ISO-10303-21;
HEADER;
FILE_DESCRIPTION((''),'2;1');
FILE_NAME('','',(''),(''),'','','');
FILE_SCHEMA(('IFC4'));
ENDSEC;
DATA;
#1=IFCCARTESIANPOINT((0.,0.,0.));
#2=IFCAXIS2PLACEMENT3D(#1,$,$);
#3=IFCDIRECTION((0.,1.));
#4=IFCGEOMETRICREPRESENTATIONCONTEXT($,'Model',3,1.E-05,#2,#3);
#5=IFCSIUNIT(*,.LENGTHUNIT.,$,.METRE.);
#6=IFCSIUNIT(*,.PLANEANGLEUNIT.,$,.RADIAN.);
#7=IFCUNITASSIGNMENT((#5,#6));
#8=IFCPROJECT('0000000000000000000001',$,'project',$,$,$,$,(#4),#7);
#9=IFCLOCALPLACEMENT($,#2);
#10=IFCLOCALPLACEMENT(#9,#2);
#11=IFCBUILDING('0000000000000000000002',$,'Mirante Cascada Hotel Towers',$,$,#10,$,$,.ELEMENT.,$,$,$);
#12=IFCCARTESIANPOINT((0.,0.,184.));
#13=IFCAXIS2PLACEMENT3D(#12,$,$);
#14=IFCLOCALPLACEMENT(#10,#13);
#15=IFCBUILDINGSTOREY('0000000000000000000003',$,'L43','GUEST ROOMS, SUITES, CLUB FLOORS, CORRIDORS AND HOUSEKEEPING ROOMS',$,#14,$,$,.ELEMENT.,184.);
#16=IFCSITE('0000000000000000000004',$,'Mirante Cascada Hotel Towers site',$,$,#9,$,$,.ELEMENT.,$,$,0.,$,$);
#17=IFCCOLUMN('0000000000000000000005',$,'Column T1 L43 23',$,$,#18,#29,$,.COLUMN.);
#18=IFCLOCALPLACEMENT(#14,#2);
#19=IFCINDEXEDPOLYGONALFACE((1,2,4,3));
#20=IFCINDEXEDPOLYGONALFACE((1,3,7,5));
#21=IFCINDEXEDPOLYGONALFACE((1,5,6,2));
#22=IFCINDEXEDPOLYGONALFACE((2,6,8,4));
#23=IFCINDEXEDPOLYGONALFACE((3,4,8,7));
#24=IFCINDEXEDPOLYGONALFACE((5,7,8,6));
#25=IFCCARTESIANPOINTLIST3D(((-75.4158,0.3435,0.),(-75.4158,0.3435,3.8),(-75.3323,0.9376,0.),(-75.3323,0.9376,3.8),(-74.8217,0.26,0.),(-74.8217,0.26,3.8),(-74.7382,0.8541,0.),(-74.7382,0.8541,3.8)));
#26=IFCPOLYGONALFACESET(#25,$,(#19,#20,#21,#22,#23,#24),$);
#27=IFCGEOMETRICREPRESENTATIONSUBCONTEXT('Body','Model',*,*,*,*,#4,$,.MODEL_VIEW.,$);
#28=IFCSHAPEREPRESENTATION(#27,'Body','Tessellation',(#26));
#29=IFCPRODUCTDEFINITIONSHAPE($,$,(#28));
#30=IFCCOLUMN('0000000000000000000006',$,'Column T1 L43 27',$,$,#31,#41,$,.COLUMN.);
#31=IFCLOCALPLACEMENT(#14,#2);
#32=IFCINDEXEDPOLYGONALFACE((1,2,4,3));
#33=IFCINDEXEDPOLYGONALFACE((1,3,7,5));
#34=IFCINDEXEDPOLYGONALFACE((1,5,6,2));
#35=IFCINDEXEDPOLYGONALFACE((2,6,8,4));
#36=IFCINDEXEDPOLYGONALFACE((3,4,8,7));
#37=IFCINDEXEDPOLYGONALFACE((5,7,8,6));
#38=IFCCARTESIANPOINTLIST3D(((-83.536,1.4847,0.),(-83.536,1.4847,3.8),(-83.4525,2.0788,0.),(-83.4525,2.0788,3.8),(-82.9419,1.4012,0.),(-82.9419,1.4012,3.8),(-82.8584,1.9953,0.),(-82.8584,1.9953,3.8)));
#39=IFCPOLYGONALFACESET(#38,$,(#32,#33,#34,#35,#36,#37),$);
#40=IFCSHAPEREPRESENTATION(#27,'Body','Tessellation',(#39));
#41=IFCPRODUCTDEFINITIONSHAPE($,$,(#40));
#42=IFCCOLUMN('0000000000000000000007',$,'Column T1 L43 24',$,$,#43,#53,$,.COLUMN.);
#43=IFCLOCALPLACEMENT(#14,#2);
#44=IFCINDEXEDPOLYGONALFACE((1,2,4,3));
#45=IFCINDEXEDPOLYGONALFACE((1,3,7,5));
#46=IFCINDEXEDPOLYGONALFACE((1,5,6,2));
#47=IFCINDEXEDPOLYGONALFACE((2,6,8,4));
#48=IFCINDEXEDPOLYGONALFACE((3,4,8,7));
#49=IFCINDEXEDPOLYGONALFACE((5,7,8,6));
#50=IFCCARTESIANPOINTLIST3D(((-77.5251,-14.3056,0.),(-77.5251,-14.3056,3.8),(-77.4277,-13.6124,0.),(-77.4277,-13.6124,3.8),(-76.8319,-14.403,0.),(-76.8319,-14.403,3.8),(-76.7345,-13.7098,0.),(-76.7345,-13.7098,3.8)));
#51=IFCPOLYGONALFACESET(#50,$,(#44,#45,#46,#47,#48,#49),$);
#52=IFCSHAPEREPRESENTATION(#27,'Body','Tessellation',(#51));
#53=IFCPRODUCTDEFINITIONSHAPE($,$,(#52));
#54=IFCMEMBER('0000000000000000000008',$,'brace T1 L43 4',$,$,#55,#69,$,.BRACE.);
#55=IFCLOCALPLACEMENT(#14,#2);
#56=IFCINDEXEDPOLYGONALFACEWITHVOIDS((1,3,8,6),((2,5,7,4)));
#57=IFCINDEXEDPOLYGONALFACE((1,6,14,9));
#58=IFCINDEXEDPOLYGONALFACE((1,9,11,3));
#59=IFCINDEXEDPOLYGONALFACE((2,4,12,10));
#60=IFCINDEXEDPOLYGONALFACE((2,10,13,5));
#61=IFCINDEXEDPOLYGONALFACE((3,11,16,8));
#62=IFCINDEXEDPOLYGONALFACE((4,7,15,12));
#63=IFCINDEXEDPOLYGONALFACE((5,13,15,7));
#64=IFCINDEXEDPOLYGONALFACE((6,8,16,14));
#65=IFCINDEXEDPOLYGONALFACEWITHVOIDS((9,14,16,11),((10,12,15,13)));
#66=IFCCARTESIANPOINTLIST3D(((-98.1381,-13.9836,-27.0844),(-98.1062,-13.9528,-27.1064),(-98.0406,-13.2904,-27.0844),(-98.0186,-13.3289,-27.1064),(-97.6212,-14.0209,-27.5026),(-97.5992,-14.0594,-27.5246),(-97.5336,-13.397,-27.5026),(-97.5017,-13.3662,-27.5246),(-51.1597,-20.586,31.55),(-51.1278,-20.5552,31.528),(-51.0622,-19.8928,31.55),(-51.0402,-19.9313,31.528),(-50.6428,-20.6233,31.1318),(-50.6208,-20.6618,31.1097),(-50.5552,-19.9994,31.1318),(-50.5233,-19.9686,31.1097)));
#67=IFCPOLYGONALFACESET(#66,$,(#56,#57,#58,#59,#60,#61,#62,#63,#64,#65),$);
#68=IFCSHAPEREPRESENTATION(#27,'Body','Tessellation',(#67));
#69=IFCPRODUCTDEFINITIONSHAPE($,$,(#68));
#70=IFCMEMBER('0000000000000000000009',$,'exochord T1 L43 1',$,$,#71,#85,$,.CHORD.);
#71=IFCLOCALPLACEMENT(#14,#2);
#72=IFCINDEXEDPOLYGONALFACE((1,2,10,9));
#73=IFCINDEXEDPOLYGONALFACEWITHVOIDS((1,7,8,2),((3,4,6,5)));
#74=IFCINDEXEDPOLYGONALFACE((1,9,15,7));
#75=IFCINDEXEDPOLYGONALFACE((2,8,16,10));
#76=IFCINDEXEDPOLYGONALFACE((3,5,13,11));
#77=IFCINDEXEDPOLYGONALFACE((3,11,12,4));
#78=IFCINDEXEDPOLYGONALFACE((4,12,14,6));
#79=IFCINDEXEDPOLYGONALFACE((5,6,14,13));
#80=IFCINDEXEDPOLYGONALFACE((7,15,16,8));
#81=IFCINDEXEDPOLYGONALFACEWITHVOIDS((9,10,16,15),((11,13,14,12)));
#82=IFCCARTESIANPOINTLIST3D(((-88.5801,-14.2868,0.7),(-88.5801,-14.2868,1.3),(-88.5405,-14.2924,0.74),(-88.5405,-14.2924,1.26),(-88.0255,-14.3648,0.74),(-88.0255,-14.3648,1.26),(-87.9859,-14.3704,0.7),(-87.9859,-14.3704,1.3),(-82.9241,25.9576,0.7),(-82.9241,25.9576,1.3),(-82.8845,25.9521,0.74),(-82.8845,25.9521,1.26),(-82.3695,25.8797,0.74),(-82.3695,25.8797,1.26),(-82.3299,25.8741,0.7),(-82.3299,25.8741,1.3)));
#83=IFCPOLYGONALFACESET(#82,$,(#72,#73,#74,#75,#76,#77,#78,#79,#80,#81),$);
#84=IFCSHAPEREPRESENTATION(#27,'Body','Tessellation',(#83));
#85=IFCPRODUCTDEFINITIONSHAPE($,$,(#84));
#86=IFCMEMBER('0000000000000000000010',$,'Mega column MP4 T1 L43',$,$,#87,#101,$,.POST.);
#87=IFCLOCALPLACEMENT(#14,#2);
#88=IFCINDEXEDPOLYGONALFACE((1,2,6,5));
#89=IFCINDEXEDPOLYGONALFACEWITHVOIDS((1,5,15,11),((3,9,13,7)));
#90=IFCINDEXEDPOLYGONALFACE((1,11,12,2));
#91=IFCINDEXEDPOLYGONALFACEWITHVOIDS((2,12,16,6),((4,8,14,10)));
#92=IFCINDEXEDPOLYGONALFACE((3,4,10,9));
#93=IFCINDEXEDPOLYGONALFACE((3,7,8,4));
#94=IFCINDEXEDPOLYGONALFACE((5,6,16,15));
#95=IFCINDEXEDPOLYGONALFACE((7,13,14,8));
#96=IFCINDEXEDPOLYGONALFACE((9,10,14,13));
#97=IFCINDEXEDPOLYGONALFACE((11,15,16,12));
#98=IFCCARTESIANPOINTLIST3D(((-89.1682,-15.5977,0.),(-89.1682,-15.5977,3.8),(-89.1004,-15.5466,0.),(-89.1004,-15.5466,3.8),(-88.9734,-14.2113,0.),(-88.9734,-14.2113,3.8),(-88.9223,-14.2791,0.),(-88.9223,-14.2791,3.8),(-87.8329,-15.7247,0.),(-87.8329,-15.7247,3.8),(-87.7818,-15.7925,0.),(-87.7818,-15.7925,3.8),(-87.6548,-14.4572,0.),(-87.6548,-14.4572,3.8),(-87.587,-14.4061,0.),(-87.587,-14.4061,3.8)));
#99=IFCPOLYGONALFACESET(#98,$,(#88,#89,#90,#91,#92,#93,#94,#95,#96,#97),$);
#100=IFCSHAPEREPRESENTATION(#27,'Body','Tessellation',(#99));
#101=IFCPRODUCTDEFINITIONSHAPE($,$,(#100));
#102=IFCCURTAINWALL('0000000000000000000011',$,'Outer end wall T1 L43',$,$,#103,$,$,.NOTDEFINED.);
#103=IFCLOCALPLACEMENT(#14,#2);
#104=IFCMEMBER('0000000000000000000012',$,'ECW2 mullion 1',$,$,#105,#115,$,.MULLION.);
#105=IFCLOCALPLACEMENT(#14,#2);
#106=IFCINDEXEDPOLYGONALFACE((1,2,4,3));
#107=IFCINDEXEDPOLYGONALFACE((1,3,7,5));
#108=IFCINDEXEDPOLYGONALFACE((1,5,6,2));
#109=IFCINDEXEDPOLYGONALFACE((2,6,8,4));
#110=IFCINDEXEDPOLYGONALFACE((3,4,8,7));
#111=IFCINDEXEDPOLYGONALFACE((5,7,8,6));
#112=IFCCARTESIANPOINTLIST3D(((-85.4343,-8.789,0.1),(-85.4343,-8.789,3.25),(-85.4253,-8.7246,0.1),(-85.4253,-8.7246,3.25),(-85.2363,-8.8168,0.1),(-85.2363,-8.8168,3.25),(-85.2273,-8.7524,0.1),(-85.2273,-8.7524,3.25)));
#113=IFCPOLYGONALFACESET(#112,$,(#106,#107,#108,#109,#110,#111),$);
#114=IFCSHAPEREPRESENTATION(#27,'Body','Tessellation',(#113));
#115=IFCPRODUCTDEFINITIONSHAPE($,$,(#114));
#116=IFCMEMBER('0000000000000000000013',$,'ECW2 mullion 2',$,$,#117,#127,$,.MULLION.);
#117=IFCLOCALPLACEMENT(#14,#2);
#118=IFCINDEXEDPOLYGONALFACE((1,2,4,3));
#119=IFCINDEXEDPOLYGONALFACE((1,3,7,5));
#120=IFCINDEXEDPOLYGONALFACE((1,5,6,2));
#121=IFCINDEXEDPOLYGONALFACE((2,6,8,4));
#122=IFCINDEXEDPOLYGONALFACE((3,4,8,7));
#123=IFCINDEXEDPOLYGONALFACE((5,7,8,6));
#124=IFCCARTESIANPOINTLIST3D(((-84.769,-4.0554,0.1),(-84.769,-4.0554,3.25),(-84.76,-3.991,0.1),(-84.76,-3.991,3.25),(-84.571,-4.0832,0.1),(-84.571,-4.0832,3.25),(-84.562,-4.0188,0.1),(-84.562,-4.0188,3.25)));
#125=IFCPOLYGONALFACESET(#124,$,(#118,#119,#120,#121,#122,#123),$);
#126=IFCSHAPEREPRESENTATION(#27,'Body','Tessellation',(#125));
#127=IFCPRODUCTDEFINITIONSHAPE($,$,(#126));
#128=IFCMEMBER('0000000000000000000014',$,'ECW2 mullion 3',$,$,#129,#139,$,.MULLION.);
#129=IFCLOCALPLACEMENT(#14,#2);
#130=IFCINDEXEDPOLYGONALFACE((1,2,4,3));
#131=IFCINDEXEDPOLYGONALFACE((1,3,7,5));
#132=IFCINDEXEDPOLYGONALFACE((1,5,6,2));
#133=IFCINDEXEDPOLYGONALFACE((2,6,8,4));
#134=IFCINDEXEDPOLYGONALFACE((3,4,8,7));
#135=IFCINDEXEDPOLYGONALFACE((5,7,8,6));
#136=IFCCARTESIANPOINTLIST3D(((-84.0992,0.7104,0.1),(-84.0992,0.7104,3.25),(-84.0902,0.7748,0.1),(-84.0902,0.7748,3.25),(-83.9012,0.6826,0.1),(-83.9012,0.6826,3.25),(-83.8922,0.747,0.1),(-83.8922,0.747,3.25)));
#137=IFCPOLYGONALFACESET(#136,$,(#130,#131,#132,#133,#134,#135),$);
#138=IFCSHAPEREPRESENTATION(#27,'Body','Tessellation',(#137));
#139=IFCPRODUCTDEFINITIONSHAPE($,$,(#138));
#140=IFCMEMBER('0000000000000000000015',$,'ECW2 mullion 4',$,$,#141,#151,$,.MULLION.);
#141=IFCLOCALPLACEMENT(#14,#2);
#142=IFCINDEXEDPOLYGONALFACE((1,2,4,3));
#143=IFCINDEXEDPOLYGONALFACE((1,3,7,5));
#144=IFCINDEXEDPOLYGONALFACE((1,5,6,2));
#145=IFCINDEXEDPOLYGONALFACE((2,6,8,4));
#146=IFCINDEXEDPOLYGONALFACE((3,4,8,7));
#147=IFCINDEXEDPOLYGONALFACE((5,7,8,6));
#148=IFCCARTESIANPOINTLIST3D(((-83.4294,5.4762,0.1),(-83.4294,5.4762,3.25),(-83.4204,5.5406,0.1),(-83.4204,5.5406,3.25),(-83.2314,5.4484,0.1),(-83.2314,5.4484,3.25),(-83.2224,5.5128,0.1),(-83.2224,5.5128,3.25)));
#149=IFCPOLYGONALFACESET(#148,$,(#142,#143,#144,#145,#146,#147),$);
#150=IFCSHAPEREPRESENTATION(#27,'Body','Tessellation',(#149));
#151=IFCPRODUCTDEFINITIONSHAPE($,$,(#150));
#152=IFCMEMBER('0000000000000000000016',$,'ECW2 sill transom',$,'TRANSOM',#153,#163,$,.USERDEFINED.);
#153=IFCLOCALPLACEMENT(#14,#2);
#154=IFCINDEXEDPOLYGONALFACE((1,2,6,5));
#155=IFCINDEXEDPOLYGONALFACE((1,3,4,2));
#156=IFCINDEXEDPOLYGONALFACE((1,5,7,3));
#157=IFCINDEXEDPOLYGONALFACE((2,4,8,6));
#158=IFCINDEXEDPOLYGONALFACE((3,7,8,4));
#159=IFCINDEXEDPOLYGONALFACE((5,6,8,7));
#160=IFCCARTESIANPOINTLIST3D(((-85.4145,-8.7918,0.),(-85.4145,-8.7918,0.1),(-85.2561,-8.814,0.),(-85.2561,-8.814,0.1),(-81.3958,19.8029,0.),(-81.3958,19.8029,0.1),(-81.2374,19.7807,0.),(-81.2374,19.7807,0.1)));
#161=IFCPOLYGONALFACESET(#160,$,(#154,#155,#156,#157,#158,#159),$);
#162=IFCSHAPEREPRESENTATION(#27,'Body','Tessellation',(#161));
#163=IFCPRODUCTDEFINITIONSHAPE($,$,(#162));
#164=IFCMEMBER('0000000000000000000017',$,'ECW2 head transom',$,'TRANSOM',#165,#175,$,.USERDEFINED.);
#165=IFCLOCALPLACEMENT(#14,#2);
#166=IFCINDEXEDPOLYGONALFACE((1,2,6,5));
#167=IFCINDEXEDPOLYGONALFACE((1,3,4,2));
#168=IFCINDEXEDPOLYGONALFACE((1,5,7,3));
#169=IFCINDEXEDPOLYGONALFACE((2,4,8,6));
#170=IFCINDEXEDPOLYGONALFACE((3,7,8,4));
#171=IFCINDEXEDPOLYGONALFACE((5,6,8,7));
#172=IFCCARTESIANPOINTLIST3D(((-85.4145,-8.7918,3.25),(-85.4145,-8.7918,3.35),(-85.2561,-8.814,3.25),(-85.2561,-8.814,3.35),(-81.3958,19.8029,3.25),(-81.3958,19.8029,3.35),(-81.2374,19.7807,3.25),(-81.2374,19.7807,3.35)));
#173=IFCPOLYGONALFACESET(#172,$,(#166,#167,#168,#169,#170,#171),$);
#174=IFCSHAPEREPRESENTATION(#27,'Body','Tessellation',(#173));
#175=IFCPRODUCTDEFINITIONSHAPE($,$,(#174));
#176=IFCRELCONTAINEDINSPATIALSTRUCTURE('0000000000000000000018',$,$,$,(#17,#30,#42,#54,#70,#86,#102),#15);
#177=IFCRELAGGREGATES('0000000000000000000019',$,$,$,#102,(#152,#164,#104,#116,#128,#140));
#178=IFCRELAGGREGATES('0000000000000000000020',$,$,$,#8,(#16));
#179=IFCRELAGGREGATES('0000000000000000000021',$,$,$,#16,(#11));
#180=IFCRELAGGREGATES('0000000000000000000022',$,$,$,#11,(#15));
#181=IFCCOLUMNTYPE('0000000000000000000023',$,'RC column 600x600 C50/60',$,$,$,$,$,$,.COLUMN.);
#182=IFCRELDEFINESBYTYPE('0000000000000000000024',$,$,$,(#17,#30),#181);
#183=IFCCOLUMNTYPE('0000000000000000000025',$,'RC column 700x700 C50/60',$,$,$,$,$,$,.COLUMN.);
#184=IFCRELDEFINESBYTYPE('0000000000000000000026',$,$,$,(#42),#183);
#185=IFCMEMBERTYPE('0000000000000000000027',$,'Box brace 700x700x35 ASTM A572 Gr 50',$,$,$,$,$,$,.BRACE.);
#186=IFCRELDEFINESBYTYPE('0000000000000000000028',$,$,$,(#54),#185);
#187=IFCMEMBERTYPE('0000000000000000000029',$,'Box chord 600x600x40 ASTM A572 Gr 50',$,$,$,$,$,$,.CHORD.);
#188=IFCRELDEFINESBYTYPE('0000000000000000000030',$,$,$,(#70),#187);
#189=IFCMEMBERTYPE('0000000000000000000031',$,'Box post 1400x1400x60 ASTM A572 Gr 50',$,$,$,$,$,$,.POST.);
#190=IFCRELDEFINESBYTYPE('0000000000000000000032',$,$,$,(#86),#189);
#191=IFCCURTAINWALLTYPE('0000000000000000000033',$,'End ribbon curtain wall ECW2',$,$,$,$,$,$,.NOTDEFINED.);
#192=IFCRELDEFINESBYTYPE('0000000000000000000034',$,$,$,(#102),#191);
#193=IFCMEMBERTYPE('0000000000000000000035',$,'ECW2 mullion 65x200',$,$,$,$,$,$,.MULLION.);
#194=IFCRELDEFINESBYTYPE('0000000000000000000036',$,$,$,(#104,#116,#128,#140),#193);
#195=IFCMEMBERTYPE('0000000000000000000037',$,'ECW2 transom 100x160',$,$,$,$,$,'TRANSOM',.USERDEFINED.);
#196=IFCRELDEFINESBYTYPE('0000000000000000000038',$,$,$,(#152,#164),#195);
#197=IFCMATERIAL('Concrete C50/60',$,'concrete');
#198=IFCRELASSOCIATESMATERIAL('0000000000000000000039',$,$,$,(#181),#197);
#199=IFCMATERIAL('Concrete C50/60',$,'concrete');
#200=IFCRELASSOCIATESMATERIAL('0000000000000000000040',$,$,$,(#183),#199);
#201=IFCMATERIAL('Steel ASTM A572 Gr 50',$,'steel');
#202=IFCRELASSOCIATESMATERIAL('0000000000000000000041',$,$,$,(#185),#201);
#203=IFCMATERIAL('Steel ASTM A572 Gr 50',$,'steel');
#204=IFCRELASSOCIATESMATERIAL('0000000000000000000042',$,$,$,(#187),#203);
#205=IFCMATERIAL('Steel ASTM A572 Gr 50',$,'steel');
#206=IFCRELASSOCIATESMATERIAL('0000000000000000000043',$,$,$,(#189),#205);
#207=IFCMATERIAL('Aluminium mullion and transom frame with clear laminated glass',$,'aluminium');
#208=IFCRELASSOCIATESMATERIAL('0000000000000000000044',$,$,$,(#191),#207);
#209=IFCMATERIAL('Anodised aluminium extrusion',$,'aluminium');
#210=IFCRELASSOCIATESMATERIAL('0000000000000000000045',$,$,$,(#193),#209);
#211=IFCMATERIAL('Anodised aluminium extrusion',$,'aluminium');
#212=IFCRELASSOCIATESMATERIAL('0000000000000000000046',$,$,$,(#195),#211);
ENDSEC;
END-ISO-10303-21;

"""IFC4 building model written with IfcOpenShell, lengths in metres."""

from ifc_helpers import new_model, si_unit, direction, frame, origin, origin_2d, place, context, subcontext, project, spatial, rectangle, hollow_rectangle, extrude, material, material_profile, profile_set, type_object, element, aggregate, save


model = new_model("IFC4")

# Units and contexts
model_context = context("Model", 3, precision=1e-05, world=origin(), true_north=direction((0.0, 1.0)))
body_context = subcontext(model_context, "Body", "Model", "MODEL_VIEW")
ifc_project = project(units=[si_unit("LENGTHUNIT", "METRE"), si_unit("PLANEANGLEUNIT", "RADIAN")], contexts=[model_context])

# Site, building, storey
site_placement = place(None, origin())
site = spatial("IfcSite", under=ifc_project, at=site_placement, Name="Mirante Cascada Hotel Towers site", CompositionType="ELEMENT", RefElevation=0.0)
building_placement = place(site_placement, origin())
building = spatial("IfcBuilding", under=site, at=building_placement, Name="Mirante Cascada Hotel Towers", CompositionType="ELEMENT")
storey_placement = place(building_placement, frame((0.0, 0.0, 184.0)))
storey = spatial("IfcBuildingStorey", under=building, at=storey_placement, Name="L43", Description="GUEST ROOMS, SUITES, CLUB FLOORS, CORRIDORS AND HOUSEKEEPING ROOMS", CompositionType="ELEMENT", Elevation=184.0)

# Columns
ifc_material_1 = material(Name="Concrete C50/60", Category="concrete")
ifc_material_profile_1 = material_profile(ifc_material_1, rectangle(XDim=0.6, YDim=0.6, at=origin_2d()), Name="RC column 600x600 C50/60")
ifc_profile_set_1 = profile_set([ifc_material_profile_1], Name="Concrete C50/60")
column_type_1 = type_object("IfcColumnType", Name="RC column 600x600 C50/60", PredefinedType="COLUMN", material=ifc_profile_set_1)
for number, where, z_axis, x_axis, name in (
    (1, (-75.077, 0.5988, 0.0), (0.0, 0.0, 1.0), (-0.990268, 0.139173, 0.0), "Column T1 L43 23"),
    (2, (-83.1972, 1.74, 0.0), (0.0, 0.0, 1.0), (-0.990268, 0.139173, 0.0), "Column T1 L43 27"),
):
    element("IfcColumn", number, at=place(storey_placement, frame(where, z_axis=z_axis, x_axis=x_axis)), inside=storey, type_object=column_type_1, Name=name, PredefinedType="COLUMN", context=body_context, shape_type="SweptSolid", body=[
        extrude(rectangle(XDim=0.6, YDim=0.6, at=origin_2d()), origin(), (0.0, 0.0, 1.0), 3.8),
    ])
ifc_material_2 = material(Name="Concrete C50/60", Category="concrete")
ifc_material_profile_2 = material_profile(ifc_material_2, rectangle(XDim=0.7, YDim=0.7, at=origin_2d()), Name="RC column 700x700 C50/60")
ifc_profile_set_2 = profile_set([ifc_material_profile_2], Name="Concrete C50/60")
column_type_2 = type_object("IfcColumnType", Name="RC column 700x700 C50/60", PredefinedType="COLUMN", material=ifc_profile_set_2)
column_placement = place(storey_placement, frame((-77.1298, -14.0077, 0.0), z_axis=(0.0, 0.0, 1.0), x_axis=(-0.990268, 0.139173, 0.0)))
element("IfcColumn", 3, at=column_placement, inside=storey, type_object=column_type_2, Name="Column T1 L43 24", PredefinedType="COLUMN", context=body_context, shape_type="SweptSolid", body=[
    extrude(rectangle(XDim=0.7, YDim=0.7, at=origin_2d()), origin(), (0.0, 0.0, 1.0), 3.8),
])

# Members
ifc_material_3 = material(Name="Steel ASTM A572 Gr 50", Category="steel")
ifc_material_profile_3 = material_profile(ifc_material_3, hollow_rectangle(XDim=0.7, YDim=0.7, WallThickness=0.035, at=origin_2d()), Name="Box brace 700x700x35 ASTM A572 Gr 50")
ifc_profile_set_3 = profile_set([ifc_material_profile_3], Name="Steel ASTM A572 Gr 50")
member_type_1 = type_object("IfcMemberType", Name="Box brace 700x700x35 ASTM A572 Gr 50", PredefinedType="BRACE", material=ifc_profile_set_3)
member_1_placement = place(storey_placement, frame((-97.8199, -13.6749, -27.3045), z_axis=(0.62287, -0.087539, 0.777412), x_axis=(0.139173, 0.990268, 0.0)))
element("IfcMember", 4, at=member_1_placement, inside=storey, type_object=member_type_1, Name="brace T1 L43 4", PredefinedType="BRACE", context=body_context, shape_type="SweptSolid", body=[
    extrude(hollow_rectangle(XDim=0.7, YDim=0.7, WallThickness=0.035, at=origin_2d()), origin(), (0.0, 0.0, 1.0), 75.4225),
])
ifc_material_4 = material(Name="Steel ASTM A572 Gr 50", Category="steel")
ifc_material_profile_4 = material_profile(ifc_material_4, hollow_rectangle(XDim=0.6, YDim=0.6, WallThickness=0.04, at=origin_2d()), Name="Box chord 600x600x40 ASTM A572 Gr 50")
ifc_profile_set_4 = profile_set([ifc_material_profile_4], Name="Steel ASTM A572 Gr 50")
member_type_2 = type_object("IfcMemberType", Name="Box chord 600x600x40 ASTM A572 Gr 50", PredefinedType="CHORD", material=ifc_profile_set_4)
member_2_placement = place(storey_placement, frame((-88.283, -14.3286, 1.0), z_axis=(0.139173, 0.990268, 0.0), x_axis=(-0.990268, 0.139173, 0.0)))
element("IfcMember", 5, at=member_2_placement, inside=storey, type_object=member_type_2, Name="exochord T1 L43 1", PredefinedType="CHORD", context=body_context, shape_type="SweptSolid", body=[
    extrude(hollow_rectangle(XDim=0.6, YDim=0.6, WallThickness=0.04, at=origin_2d()), origin(), (0.0, 0.0, 1.0), 40.64),
])
ifc_material_5 = material(Name="Steel ASTM A572 Gr 50", Category="steel")
ifc_material_profile_5 = material_profile(ifc_material_5, hollow_rectangle(XDim=1.4, YDim=1.4, WallThickness=0.06, at=origin_2d()), Name="Box post 1400x1400x60 ASTM A572 Gr 50")
ifc_profile_set_5 = profile_set([ifc_material_profile_5], Name="Steel ASTM A572 Gr 50")
member_type_3 = type_object("IfcMemberType", Name="Box post 1400x1400x60 ASTM A572 Gr 50", PredefinedType="POST", material=ifc_profile_set_5)
member_3_placement = place(storey_placement, frame((-88.3776, -15.0019, 0.0), z_axis=(0.0, 0.0, 1.0), x_axis=(-0.990268, 0.139173, 0.0)))
element("IfcMember", 6, at=member_3_placement, inside=storey, type_object=member_type_3, Name="Mega column MP4 T1 L43", PredefinedType="POST", context=body_context, shape_type="SweptSolid", body=[
    extrude(hollow_rectangle(XDim=1.4, YDim=1.4, WallThickness=0.06, at=origin_2d()), origin(), (0.0, 0.0, 1.0), 3.8),
])

# Curtain wall, members
ifc_material_6 = material(Name="Aluminium mullion and transom frame with clear laminated glass", Category="aluminium")
curtain_wall_type = type_object("IfcCurtainWallType", Name="End ribbon curtain wall ECW2", PredefinedType="NOTDEFINED", material=ifc_material_6)
curtain_wall_placement = place(storey_placement, origin())
curtain_wall = element("IfcCurtainWall", 7, at=curtain_wall_placement, inside=storey, type_object=curtain_wall_type, Name="Outer end wall T1 L43", PredefinedType="NOTDEFINED")
ifc_material_7 = material(Name="Anodised aluminium extrusion", Category="aluminium")
ifc_material_profile_6 = material_profile(ifc_material_7, rectangle(XDim=0.2, YDim=0.065, at=origin_2d()), Name="ECW2 MULLION 65x200")
ifc_profile_set_6 = profile_set([ifc_material_profile_6], Name="Anodised aluminium extrusion")
member_type_4 = type_object("IfcMemberType", Name="ECW2 mullion 65x200", PredefinedType="MULLION", material=ifc_profile_set_6)
member_4_placement = place(storey_placement, frame((-85.3308, -8.7707, 0.1), z_axis=(0.0, 0.0, 1.0), x_axis=(-0.990268, 0.139173, 0.0)))
member_4 = element("IfcMember", 8, at=member_4_placement, type_object=member_type_4, Name="ECW2 mullion 1", PredefinedType="MULLION", context=body_context, shape_type="SweptSolid", body=[
    extrude(rectangle(XDim=0.2, YDim=0.065, at=origin_2d()), origin(), (0.0, 0.0, 1.0), 3.15),
])
member_5_placement = place(storey_placement, frame((-84.6655, -4.0371, 0.1), z_axis=(0.0, 0.0, 1.0), x_axis=(-0.990268, 0.139173, 0.0)))
member_5 = element("IfcMember", 9, at=member_5_placement, type_object=member_type_4, Name="ECW2 mullion 2", PredefinedType="MULLION", context=body_context, shape_type="SweptSolid", body=[
    extrude(rectangle(XDim=0.2, YDim=0.065, at=origin_2d()), origin(), (0.0, 0.0, 1.0), 3.15),
])
member_6_placement = place(storey_placement, frame((-83.9957, 0.7287, 0.1), z_axis=(0.0, 0.0, 1.0), x_axis=(-0.990268, 0.139173, 0.0)))
member_6 = element("IfcMember", 10, at=member_6_placement, type_object=member_type_4, Name="ECW2 mullion 3", PredefinedType="MULLION", context=body_context, shape_type="SweptSolid", body=[
    extrude(rectangle(XDim=0.2, YDim=0.065, at=origin_2d()), origin(), (0.0, 0.0, 1.0), 3.15),
])
member_7_placement = place(storey_placement, frame((-83.3259, 5.4945, 0.1), z_axis=(0.0, 0.0, 1.0), x_axis=(-0.990268, 0.139173, 0.0)))
member_7 = element("IfcMember", 11, at=member_7_placement, type_object=member_type_4, Name="ECW2 mullion 4", PredefinedType="MULLION", context=body_context, shape_type="SweptSolid", body=[
    extrude(rectangle(XDim=0.2, YDim=0.065, at=origin_2d()), origin(), (0.0, 0.0, 1.0), 3.15),
])
ifc_material_8 = material(Name="Anodised aluminium extrusion", Category="aluminium")
ifc_material_profile_7 = material_profile(ifc_material_8, rectangle(XDim=0.16, YDim=0.1, at=origin_2d()), Name="ECW2 TRANSOM 100x160")
ifc_profile_set_7 = profile_set([ifc_material_profile_7], Name="Anodised aluminium extrusion")
member_type_5 = type_object("IfcMemberType", Name="ECW2 transom 100x160", ElementType="TRANSOM", PredefinedType="USERDEFINED", material=ifc_profile_set_7)
member_8_placement = place(storey_placement, frame((-85.3353, -8.8029, 0.05), z_axis=(0.139172, 0.990268, 0.0), x_axis=(-0.990268, 0.139172, 0.0)))
member_8 = element("IfcMember", 12, at=member_8_placement, type_object=member_type_5, Name="ECW2 sill transom", ObjectType="TRANSOM", PredefinedType="USERDEFINED", context=body_context, shape_type="SweptSolid", body=[
    extrude(rectangle(XDim=0.16, YDim=0.1, at=origin_2d()), origin(), (0.0, 0.0, 1.0), 28.8757),
])
member_9_placement = place(storey_placement, frame((-85.3353, -8.8029, 3.3), z_axis=(0.139172, 0.990268, 0.0), x_axis=(-0.990268, 0.139172, 0.0)))
member_9 = element("IfcMember", 13, at=member_9_placement, type_object=member_type_5, Name="ECW2 head transom", ObjectType="TRANSOM", PredefinedType="USERDEFINED", context=body_context, shape_type="SweptSolid", body=[
    extrude(rectangle(XDim=0.16, YDim=0.1, at=origin_2d()), origin(), (0.0, 0.0, 1.0), 28.8757),
])
aggregate(curtain_wall, [member_8, member_9, member_4, member_5, member_6, member_7])

save(model, "model.ifc")
